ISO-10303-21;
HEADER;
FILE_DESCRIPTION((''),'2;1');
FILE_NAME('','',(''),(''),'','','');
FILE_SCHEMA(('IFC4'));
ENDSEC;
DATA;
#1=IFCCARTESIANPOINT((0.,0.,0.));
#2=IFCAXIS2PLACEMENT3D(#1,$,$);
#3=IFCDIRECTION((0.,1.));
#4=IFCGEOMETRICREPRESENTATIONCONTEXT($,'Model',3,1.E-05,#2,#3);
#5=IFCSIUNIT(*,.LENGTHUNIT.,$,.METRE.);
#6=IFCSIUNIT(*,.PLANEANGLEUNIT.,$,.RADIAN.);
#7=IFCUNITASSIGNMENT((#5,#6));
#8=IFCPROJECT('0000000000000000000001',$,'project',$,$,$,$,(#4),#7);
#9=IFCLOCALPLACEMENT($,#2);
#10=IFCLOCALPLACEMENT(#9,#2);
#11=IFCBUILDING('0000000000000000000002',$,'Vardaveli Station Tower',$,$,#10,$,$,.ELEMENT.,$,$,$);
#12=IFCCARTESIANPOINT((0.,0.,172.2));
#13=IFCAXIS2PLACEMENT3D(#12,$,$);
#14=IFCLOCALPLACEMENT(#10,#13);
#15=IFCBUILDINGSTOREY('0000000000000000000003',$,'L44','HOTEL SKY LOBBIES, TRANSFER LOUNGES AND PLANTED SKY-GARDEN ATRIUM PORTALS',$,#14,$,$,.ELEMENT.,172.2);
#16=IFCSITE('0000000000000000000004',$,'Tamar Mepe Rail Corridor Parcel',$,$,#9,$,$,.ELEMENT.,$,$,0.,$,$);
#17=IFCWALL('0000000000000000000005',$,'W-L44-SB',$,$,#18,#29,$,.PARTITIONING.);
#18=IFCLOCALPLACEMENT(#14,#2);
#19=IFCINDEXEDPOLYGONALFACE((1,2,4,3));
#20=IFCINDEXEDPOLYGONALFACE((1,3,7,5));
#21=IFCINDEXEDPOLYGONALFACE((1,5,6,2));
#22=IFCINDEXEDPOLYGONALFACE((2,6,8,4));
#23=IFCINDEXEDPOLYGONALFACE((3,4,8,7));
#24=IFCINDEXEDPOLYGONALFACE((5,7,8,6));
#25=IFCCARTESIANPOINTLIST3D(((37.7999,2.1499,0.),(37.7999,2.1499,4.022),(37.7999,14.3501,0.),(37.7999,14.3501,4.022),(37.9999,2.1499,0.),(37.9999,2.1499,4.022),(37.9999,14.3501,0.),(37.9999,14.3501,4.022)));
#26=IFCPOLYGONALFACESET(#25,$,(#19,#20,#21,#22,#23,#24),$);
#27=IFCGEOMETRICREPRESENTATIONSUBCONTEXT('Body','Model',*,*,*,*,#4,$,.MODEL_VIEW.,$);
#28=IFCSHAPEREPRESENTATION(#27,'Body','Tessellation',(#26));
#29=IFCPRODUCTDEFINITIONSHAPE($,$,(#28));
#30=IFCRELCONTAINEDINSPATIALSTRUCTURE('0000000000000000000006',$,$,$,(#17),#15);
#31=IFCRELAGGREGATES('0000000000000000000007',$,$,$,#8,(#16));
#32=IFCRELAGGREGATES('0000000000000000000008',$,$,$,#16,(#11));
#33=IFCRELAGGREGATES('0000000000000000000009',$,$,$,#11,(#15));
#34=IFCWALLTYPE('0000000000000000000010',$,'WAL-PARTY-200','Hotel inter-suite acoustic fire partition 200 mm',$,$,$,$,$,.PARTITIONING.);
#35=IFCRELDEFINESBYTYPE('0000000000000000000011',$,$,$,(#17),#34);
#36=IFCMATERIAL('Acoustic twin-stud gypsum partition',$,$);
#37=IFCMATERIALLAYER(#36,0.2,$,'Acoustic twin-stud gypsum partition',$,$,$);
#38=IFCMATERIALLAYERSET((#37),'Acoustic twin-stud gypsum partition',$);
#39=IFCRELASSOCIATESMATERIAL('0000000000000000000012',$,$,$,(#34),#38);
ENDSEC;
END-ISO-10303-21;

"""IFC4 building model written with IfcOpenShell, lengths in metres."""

from ifc_helpers import new_model, si_unit, direction, frame, frame_2d, origin, place, context, subcontext, project, spatial, rectangle, extrude, source, transform, mapped, material, layer, layer_set, type_object, element, save


model = new_model("IFC4")

# Units and contexts
model_context = context("Model", 3, precision=1e-05, world=origin(), true_north=direction((0.0, 1.0)))
body_context = subcontext(model_context, "Body", "Model", "MODEL_VIEW")
ifc_project = project(units=[si_unit("LENGTHUNIT", "METRE"), si_unit("PLANEANGLEUNIT", "RADIAN")], contexts=[model_context])

# Site, building, storey
site_placement = place(None, origin())
site = spatial("IfcSite", under=ifc_project, at=site_placement, Name="Tamar Mepe Rail Corridor Parcel", CompositionType="ELEMENT", RefElevation=0.0)
building_placement = place(site_placement, origin())
building = spatial("IfcBuilding", under=site, at=building_placement, Name="Vardaveli Station Tower", CompositionType="ELEMENT")
storey_placement = place(building_placement, frame((0.0, 0.0, 172.2)))
storey = spatial("IfcBuildingStorey", under=building, at=storey_placement, Name="L44", Description="HOTEL SKY LOBBIES, TRANSFER LOUNGES AND PLANTED SKY-GARDEN ATRIUM PORTALS", CompositionType="ELEMENT", Elevation=172.2)

# Wall
ifc_material_1 = material(Name="Acoustic twin-stud gypsum partition")
ifc_layer_1 = layer(ifc_material_1, 0.2, Name="Acoustic twin-stud gypsum partition")
ifc_layer_set_1 = layer_set([ifc_layer_1], Name="Acoustic twin-stud gypsum partition")
wall_type_1 = type_object("IfcWallType", Name="WAL-PARTY-200", Description="Hotel inter-suite acoustic fire partition 200 mm", PredefinedType="PARTITIONING", material=ifc_layer_set_1)
shared_shape_1 = source(origin(), body_context, "Body", "SweptSolid", [
    extrude(rectangle(XDim=12.2002, YDim=0.2, at=frame_2d((6.1001, 0.0))), origin(), (0.0, 0.0, 1.0), 4.022),
])
wall_1_placement = place(storey_placement, frame((37.8999, 2.1499, 0.0), z_axis=(0.0, 0.0, 1.0), x_axis=(0.0, 1.0, 0.0)))
element("IfcWall", 1, at=wall_1_placement, inside=storey, type_object=wall_type_1, Name="W-L44-SB", PredefinedType="PARTITIONING", context=body_context, shape_type="MappedRepresentation", body=[
    mapped(shared_shape_1, transform((0.0, 0.0, 0.0), scale=1.0)),
])

save(model, "model.ifc")
